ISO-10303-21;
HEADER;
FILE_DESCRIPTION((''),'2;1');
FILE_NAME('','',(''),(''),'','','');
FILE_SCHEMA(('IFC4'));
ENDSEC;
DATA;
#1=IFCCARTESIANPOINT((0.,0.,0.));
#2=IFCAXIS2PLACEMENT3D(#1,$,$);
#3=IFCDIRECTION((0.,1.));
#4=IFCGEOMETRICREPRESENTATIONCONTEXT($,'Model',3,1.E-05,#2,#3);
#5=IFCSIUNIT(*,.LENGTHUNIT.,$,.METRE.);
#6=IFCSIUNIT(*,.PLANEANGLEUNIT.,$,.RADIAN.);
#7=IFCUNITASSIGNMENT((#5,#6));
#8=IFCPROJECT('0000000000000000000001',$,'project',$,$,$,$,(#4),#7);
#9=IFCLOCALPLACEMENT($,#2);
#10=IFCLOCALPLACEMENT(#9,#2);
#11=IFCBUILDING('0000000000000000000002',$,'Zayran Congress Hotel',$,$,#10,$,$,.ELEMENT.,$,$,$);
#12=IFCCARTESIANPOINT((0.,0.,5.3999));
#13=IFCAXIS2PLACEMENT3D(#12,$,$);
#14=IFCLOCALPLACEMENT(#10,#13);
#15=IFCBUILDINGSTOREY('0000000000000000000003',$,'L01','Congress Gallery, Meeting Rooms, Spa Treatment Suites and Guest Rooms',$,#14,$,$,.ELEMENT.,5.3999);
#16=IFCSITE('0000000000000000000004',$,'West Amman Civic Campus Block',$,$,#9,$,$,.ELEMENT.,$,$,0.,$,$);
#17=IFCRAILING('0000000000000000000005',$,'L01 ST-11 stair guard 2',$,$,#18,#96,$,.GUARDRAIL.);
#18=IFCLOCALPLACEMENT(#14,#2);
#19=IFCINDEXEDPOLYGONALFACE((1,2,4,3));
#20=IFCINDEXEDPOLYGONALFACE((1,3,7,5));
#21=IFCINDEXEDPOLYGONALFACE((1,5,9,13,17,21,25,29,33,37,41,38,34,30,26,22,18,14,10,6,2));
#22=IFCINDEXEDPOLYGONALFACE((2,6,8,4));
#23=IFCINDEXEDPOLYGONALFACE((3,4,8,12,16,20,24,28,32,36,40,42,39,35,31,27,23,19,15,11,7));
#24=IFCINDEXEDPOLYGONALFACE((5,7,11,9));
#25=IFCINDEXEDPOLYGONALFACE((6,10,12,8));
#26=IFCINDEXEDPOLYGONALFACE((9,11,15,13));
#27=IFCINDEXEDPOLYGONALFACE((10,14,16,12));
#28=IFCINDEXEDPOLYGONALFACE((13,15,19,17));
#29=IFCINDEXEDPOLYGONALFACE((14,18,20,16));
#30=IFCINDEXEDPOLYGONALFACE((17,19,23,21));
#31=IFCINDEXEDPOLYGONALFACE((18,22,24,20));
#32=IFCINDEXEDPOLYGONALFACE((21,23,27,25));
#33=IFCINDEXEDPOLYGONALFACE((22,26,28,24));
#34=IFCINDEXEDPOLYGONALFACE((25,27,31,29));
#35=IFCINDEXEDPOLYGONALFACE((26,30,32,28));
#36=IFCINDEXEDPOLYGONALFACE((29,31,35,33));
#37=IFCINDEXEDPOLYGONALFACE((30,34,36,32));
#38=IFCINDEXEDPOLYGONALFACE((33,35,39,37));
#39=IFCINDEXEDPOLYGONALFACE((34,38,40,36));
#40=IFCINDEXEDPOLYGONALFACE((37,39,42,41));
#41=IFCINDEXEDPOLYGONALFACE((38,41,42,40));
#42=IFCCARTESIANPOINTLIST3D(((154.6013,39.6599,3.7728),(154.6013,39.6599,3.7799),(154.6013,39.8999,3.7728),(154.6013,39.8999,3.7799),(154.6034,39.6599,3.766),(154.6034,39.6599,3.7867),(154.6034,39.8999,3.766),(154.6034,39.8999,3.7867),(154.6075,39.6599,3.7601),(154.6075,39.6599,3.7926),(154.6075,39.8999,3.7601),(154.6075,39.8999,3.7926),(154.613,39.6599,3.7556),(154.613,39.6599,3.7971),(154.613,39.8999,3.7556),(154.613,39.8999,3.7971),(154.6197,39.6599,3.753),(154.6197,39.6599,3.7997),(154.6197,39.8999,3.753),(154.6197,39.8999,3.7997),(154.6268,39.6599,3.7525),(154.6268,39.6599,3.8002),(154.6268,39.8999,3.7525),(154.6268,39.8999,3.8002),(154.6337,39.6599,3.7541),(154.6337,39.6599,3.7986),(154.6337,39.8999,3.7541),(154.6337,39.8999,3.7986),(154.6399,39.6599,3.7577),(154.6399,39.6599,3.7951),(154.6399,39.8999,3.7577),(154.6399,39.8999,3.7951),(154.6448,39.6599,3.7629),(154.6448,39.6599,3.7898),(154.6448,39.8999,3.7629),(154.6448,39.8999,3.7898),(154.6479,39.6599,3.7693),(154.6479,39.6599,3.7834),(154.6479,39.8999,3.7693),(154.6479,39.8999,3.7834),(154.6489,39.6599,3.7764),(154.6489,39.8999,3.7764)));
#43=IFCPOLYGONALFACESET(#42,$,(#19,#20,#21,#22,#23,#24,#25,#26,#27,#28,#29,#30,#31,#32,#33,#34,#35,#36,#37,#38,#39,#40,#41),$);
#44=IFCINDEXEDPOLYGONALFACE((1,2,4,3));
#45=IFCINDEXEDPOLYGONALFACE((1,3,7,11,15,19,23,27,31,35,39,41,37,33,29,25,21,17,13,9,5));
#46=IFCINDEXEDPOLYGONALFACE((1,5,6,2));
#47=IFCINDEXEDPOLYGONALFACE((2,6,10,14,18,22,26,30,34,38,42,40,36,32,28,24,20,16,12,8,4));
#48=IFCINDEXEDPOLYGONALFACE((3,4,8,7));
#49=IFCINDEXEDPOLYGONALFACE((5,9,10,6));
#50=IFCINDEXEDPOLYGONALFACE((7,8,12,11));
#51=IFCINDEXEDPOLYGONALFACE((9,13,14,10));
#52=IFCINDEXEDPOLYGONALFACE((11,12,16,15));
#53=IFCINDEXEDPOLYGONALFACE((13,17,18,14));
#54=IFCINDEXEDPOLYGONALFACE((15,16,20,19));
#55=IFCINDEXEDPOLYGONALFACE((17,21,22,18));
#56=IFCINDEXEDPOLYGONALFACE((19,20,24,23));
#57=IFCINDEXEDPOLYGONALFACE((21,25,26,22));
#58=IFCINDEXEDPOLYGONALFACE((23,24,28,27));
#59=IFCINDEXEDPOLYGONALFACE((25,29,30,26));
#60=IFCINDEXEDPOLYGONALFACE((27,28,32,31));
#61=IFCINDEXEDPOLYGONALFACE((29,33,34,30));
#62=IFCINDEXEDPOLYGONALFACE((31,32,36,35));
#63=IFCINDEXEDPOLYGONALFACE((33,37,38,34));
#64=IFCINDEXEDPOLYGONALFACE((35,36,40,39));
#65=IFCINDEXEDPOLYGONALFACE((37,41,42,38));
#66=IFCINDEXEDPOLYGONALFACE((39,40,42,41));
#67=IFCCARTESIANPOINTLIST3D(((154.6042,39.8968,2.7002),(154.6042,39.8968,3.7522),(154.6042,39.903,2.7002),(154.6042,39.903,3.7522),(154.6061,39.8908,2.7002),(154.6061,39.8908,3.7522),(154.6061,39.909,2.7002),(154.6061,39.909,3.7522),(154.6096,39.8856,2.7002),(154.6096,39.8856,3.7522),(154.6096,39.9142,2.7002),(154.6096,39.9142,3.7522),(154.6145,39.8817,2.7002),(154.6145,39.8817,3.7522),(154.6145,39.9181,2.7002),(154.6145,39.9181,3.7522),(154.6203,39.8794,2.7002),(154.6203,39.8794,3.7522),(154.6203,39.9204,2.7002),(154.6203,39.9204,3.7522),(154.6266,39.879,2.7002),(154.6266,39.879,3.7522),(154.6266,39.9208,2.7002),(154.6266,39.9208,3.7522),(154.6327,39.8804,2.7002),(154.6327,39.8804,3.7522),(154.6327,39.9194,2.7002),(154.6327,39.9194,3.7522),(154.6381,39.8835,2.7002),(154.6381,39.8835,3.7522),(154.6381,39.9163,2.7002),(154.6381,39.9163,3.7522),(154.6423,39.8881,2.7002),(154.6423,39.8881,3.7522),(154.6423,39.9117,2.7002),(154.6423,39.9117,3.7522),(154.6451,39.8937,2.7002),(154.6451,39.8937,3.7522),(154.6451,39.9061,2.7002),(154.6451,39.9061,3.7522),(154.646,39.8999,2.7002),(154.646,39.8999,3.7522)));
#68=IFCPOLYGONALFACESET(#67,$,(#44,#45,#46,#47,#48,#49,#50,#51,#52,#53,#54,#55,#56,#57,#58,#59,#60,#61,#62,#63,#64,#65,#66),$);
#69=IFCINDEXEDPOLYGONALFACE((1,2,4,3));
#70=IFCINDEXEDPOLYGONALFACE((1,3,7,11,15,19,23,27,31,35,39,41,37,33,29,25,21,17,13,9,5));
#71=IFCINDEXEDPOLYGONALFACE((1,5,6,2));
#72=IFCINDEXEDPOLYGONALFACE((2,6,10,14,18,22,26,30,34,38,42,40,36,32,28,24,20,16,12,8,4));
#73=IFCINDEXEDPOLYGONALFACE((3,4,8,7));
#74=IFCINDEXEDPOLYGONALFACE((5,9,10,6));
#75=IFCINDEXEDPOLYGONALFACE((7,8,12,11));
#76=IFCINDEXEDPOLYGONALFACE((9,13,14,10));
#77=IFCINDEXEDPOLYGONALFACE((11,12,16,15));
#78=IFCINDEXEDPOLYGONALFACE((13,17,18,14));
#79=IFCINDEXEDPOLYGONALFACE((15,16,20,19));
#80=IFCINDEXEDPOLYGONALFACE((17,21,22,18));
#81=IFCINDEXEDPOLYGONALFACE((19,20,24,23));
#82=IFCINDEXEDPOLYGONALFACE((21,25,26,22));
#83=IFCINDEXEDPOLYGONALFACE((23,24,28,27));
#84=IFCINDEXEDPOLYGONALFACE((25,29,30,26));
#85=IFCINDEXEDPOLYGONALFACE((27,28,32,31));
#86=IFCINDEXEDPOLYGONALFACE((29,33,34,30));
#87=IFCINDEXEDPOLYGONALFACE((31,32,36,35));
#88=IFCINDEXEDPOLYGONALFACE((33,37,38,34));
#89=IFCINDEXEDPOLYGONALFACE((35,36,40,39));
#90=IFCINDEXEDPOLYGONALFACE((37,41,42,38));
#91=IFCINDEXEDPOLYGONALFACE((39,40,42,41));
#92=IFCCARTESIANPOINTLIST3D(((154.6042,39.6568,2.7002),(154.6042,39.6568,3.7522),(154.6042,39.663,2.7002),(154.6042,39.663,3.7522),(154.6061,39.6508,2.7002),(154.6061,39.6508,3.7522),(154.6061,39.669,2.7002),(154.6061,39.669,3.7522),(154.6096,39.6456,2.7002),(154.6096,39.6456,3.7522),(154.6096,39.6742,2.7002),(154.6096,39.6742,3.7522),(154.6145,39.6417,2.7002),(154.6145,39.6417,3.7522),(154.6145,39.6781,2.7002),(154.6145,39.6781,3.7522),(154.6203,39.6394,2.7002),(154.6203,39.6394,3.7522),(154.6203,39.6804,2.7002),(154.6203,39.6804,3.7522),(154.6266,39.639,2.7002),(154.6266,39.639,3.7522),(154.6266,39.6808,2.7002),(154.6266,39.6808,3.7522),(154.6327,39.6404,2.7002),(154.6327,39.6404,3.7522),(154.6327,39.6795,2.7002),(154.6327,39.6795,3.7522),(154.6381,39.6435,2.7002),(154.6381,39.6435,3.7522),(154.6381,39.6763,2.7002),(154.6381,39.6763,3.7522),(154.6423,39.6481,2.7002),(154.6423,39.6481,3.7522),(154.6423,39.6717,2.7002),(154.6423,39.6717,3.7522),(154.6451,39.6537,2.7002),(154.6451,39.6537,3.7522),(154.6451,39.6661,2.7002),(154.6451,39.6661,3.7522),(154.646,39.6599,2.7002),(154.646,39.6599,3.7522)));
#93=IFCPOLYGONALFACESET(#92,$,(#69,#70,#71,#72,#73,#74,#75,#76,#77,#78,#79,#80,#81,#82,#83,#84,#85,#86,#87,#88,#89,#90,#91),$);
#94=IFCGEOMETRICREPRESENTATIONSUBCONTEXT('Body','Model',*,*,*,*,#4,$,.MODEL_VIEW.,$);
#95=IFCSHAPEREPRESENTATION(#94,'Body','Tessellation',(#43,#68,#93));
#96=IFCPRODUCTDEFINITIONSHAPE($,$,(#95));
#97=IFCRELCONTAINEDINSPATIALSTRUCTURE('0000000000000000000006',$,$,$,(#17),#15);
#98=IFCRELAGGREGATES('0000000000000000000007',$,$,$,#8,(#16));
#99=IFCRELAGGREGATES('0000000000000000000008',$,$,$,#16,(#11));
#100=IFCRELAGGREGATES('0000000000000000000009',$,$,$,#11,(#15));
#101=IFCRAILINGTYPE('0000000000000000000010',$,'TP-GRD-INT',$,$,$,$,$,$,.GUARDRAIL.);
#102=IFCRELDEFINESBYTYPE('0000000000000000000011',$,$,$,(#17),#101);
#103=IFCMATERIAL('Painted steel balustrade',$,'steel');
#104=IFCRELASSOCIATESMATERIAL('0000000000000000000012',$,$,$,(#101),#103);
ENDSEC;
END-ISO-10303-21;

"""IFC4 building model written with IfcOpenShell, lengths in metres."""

from ifc_helpers import new_model, si_unit, direction, frame, origin, origin_2d, place, context, subcontext, project, spatial, circle, extrude, material, type_object, element, save


model = new_model("IFC4")

# Units and contexts
model_context = context("Model", 3, precision=1e-05, world=origin(), true_north=direction((0.0, 1.0)))
body_context = subcontext(model_context, "Body", "Model", "MODEL_VIEW")
ifc_project = project(units=[si_unit("LENGTHUNIT", "METRE"), si_unit("PLANEANGLEUNIT", "RADIAN")], contexts=[model_context])

# Site, building, storey
site_placement = place(None, origin())
site = spatial("IfcSite", under=ifc_project, at=site_placement, Name="West Amman Civic Campus Block", CompositionType="ELEMENT", RefElevation=0.0)
building_placement = place(site_placement, origin())
building = spatial("IfcBuilding", under=site, at=building_placement, Name="Zayran Congress Hotel", CompositionType="ELEMENT")
storey_placement = place(building_placement, frame((0.0, 0.0, 5.3999)))
storey = spatial("IfcBuildingStorey", under=building, at=storey_placement, Name="L01", Description="Congress Gallery, Meeting Rooms, Spa Treatment Suites and Guest Rooms", CompositionType="ELEMENT", Elevation=5.3999)

# Railing
ifc_material_1 = material(Name="Painted steel balustrade", Category="steel")
railing_type_1 = type_object("IfcRailingType", Name="TP-GRD-INT", PredefinedType="GUARDRAIL", material=ifc_material_1)
railing_1_placement = place(storey_placement, frame((154.625, 39.8999, 2.7002)))
element("IfcRailing", 1, at=railing_1_placement, inside=storey, type_object=railing_type_1, Name="L01 ST-11 stair guard 2", PredefinedType="GUARDRAIL", context=body_context, shape_type="SweptSolid", body=[
    extrude(circle(Radius=0.0239, at=origin_2d()), frame((0.0, 0.0, 1.0762), z_axis=(0.0, -1.0, 0.0), x_axis=(1.0, 0.0, 0.0)), (0.0, 0.0, 1.0), 0.24),
    extrude(circle(Radius=0.021, at=origin_2d()), origin(), (0.0, 0.0, 1.0), 1.052),
    extrude(circle(Radius=0.021, at=origin_2d()), frame((0.0, -0.24, 0.0)), (0.0, 0.0, 1.0), 1.052),
])

save(model, "model.ifc")
